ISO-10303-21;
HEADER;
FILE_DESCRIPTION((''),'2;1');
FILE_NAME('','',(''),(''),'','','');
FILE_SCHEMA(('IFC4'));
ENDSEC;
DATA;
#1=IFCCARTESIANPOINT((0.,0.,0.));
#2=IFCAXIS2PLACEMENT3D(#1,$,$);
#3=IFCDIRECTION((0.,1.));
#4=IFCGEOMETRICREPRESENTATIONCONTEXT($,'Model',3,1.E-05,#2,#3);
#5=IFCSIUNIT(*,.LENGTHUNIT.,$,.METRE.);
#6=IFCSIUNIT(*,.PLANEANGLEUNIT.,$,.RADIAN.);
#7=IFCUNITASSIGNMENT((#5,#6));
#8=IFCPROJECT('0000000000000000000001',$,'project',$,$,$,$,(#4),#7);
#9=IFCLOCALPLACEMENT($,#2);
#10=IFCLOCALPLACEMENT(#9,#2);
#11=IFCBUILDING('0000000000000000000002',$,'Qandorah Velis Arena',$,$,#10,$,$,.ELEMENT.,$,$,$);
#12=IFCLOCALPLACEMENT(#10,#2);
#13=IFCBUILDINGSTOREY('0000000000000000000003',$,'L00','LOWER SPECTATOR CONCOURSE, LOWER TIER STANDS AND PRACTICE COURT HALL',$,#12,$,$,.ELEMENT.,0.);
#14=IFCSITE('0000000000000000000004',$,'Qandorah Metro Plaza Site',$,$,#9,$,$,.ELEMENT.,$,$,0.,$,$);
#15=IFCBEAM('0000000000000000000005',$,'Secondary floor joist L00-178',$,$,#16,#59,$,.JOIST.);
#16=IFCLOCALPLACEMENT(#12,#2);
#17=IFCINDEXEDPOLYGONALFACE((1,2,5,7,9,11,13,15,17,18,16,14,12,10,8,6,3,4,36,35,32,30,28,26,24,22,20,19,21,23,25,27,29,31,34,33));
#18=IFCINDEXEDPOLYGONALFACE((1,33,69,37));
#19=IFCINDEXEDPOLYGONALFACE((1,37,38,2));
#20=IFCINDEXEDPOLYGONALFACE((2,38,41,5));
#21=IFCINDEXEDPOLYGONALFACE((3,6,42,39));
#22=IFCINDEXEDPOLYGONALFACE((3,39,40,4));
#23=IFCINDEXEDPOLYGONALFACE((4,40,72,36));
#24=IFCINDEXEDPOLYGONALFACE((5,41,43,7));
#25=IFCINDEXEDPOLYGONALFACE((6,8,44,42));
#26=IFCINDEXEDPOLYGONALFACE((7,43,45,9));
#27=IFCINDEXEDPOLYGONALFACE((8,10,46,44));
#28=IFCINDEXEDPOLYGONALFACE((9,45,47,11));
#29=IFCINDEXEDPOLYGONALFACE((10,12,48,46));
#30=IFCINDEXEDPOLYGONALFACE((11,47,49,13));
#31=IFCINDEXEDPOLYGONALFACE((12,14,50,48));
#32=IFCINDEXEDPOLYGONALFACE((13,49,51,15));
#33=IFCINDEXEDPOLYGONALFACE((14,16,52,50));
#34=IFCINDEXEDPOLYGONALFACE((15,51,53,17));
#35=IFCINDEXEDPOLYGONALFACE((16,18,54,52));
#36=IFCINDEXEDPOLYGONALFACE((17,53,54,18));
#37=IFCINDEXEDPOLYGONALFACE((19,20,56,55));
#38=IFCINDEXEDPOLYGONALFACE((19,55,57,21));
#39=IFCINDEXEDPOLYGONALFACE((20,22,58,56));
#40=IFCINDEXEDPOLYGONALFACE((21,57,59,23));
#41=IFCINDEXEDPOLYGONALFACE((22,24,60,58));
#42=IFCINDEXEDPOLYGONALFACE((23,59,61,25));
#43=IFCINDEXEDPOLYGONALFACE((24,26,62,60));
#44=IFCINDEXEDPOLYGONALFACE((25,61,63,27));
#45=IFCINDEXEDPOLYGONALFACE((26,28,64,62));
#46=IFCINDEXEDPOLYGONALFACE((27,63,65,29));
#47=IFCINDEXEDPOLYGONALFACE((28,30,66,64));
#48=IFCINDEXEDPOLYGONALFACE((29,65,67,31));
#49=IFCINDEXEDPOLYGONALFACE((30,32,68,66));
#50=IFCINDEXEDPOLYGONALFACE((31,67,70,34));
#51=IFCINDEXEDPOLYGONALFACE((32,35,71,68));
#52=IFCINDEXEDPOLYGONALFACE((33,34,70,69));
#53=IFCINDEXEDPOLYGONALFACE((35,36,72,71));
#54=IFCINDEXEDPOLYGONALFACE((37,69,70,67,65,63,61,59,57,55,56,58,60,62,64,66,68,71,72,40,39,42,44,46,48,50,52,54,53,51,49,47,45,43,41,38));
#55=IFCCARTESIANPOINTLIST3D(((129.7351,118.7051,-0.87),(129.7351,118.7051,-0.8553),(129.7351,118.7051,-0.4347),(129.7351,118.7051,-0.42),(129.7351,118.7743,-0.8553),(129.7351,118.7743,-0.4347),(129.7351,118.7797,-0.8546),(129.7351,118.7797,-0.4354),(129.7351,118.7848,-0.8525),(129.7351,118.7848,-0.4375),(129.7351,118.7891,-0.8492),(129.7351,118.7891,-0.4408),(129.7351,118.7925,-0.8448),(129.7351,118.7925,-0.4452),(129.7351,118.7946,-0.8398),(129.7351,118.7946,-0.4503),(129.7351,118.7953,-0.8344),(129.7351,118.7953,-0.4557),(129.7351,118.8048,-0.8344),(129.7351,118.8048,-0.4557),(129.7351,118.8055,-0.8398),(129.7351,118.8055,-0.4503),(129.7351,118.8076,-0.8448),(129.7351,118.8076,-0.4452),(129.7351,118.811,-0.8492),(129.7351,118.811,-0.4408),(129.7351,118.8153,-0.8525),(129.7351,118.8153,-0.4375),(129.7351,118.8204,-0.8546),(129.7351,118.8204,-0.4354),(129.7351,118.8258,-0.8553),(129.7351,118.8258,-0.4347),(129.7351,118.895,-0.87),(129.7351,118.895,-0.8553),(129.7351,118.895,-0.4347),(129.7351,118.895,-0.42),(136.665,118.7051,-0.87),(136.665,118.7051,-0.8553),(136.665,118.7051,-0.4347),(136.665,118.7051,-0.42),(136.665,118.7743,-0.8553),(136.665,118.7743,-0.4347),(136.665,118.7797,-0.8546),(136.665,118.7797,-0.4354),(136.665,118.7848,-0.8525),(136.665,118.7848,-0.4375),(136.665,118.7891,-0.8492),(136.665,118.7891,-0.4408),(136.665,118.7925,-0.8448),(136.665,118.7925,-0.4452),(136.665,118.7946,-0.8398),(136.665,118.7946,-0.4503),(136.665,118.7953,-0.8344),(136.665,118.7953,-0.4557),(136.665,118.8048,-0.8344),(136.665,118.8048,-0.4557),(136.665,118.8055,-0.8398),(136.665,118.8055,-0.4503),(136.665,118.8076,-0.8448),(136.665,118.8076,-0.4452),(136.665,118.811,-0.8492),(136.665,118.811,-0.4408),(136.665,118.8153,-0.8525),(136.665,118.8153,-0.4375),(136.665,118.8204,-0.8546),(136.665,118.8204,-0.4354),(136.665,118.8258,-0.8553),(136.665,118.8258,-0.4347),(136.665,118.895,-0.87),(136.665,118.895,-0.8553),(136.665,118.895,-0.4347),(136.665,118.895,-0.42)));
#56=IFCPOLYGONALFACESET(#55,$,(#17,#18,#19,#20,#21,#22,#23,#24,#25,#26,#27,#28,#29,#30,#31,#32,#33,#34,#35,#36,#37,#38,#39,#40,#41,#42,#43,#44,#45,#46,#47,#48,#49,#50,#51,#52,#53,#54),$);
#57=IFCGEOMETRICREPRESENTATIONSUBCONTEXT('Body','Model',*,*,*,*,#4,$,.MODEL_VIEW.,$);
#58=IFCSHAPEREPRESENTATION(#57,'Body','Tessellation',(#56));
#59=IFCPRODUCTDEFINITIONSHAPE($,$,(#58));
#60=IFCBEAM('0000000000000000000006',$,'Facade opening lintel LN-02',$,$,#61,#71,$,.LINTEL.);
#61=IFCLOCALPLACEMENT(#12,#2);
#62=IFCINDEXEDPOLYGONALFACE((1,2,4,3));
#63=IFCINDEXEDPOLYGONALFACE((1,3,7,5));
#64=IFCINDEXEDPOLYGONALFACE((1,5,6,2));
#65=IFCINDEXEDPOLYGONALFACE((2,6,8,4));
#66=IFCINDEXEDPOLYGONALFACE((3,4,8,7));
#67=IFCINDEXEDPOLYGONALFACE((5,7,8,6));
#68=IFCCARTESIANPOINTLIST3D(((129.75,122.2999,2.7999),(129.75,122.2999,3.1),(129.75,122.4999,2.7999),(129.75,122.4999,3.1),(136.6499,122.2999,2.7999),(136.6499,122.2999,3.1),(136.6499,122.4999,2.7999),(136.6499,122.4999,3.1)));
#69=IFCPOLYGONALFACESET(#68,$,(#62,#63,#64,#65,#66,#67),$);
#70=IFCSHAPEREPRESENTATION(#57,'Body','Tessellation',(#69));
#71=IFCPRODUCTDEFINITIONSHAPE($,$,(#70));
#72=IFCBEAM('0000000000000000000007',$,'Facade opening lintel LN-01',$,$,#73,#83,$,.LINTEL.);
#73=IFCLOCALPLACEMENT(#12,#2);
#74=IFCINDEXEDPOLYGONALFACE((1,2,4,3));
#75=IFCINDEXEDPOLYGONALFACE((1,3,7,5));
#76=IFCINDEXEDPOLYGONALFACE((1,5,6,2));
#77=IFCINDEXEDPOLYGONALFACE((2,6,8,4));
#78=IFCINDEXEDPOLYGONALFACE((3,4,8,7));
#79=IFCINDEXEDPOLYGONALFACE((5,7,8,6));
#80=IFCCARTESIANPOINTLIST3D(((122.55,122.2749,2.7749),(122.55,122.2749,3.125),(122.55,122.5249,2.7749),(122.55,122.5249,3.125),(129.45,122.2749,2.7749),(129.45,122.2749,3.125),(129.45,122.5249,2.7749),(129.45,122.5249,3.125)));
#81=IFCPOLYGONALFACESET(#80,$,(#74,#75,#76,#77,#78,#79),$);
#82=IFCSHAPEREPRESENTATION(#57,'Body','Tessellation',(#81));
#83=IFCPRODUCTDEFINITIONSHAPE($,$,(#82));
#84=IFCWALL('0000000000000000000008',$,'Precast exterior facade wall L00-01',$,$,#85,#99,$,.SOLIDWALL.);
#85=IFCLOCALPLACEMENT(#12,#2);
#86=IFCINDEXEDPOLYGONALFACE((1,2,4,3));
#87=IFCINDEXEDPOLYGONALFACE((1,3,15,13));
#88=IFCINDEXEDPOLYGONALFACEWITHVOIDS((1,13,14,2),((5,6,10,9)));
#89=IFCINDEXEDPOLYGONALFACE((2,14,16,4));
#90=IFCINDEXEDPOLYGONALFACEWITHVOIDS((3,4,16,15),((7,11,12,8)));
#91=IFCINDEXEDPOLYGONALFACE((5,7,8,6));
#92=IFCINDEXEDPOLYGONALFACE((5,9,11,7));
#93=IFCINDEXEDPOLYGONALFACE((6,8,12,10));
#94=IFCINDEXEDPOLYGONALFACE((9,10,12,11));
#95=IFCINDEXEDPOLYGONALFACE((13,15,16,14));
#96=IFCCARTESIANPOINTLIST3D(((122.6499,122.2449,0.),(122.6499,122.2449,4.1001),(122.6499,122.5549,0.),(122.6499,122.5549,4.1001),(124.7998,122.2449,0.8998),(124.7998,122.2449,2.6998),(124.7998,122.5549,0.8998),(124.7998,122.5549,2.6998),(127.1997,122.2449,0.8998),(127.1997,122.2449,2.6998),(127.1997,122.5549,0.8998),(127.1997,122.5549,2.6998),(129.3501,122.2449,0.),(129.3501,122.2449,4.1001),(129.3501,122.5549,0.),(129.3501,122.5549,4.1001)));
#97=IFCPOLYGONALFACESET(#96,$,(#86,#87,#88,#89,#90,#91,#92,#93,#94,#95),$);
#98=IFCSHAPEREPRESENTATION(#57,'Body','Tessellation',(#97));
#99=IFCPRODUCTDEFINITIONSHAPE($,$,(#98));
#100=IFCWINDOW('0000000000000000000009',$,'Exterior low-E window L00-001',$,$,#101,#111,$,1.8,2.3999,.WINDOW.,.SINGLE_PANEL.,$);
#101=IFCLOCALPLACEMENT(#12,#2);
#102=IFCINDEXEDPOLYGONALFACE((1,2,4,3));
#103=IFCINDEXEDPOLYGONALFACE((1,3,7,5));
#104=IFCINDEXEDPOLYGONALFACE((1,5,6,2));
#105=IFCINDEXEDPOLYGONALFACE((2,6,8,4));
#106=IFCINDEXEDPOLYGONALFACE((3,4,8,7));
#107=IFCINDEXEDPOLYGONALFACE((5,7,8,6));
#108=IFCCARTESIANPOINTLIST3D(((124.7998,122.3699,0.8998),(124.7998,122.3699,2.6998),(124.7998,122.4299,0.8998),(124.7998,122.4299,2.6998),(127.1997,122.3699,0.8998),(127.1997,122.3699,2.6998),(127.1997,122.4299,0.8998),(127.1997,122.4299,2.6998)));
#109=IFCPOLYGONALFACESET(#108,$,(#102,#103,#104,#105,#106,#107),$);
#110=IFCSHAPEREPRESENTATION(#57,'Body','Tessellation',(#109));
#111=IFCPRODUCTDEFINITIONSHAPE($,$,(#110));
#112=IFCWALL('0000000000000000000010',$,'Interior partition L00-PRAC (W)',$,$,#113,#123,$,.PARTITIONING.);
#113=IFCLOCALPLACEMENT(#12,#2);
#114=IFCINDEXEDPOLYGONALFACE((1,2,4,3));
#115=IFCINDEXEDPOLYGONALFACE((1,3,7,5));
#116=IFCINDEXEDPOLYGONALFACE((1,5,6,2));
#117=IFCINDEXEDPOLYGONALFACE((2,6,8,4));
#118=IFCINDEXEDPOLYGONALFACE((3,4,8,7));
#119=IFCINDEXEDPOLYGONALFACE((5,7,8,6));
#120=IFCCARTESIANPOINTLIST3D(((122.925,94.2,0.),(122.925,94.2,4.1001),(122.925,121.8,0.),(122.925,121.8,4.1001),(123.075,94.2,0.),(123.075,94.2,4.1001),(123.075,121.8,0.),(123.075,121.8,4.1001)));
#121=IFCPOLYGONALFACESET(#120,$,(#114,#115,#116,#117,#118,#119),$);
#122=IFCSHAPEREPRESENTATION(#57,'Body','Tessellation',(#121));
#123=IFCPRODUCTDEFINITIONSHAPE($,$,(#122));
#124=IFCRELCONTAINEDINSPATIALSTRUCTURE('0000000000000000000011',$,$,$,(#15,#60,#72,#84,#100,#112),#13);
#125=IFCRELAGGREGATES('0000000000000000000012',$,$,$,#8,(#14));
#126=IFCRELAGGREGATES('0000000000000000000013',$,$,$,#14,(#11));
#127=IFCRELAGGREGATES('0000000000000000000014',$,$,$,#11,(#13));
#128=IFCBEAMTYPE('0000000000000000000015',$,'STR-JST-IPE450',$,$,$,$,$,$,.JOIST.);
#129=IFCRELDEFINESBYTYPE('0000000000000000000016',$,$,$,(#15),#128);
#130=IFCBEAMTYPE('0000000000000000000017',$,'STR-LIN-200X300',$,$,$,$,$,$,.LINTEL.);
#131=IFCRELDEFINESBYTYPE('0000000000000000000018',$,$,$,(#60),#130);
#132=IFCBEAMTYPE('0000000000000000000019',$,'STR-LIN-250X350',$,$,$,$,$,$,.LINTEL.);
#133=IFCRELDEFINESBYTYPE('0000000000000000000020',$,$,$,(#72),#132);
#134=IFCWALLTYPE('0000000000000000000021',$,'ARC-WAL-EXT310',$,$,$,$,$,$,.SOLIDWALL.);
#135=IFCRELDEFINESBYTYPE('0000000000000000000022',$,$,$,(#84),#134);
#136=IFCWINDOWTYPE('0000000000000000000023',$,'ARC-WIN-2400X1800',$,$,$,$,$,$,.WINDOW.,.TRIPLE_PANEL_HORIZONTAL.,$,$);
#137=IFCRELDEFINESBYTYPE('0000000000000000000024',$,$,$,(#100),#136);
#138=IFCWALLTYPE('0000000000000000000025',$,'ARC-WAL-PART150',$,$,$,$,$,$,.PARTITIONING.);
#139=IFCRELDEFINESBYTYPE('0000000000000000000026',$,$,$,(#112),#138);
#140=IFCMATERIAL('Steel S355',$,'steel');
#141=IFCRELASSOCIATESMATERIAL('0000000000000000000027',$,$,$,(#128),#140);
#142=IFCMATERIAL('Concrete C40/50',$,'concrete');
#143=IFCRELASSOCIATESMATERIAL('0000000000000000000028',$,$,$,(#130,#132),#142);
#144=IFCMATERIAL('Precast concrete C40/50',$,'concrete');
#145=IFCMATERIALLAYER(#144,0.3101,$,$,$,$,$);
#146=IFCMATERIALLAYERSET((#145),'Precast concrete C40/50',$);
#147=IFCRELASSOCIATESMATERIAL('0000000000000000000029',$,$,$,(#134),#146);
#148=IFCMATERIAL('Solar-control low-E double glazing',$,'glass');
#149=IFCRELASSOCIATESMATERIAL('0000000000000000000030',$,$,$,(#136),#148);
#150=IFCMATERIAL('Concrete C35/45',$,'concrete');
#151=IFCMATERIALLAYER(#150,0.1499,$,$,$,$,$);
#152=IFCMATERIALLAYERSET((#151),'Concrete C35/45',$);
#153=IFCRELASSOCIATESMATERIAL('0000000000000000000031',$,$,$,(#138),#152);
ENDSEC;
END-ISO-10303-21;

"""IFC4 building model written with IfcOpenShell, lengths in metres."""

from ifc_helpers import new_model, si_unit, direction, frame, frame_2d, origin, origin_2d, place, context, subcontext, project, spatial, rectangle, i_section, extrude, material, layer, layer_set, material_profile, profile_set, type_object, element, fill, save


model = new_model("IFC4")

# Units and contexts
model_context = context("Model", 3, precision=1e-05, world=origin(), true_north=direction((0.0, 1.0)))
body_context = subcontext(model_context, "Body", "Model", "MODEL_VIEW")
ifc_project = project(units=[si_unit("LENGTHUNIT", "METRE"), si_unit("PLANEANGLEUNIT", "RADIAN")], contexts=[model_context])

# Site, building, storey
site_placement = place(None, origin())
site = spatial("IfcSite", under=ifc_project, at=site_placement, Name="Qandorah Metro Plaza Site", CompositionType="ELEMENT", RefElevation=0.0)
building_placement = place(site_placement, origin())
building = spatial("IfcBuilding", under=site, at=building_placement, Name="Qandorah Velis Arena", CompositionType="ELEMENT")
storey_placement = place(building_placement, origin())
storey = spatial("IfcBuildingStorey", under=building, at=storey_placement, Name="L00", Description="LOWER SPECTATOR CONCOURSE, LOWER TIER STANDS AND PRACTICE COURT HALL", CompositionType="ELEMENT", Elevation=0.0)

# Shared definitions
ifc_material_1 = material(Name="Concrete C40/50", Category="concrete")

# Beams
ifc_material_2 = material(Name="Steel S355", Category="steel")
ifc_material_profile_1 = material_profile(ifc_material_2, i_section(OverallWidth=0.1899, OverallDepth=0.45, WebThickness=0.0095, FlangeThickness=0.0146, FilletRadius=0.021, at=origin_2d()), Name="IPE 450")
ifc_profile_set_1 = profile_set([ifc_material_profile_1], Name="Steel S355")
beam_type_1 = type_object("IfcBeamType", Name="STR-JST-IPE450", PredefinedType="JOIST", material=ifc_profile_set_1)
for number, where, z_axis, x_axis, name in (
    (1, (129.7351, 118.8, -0.645), (1.0, 0.0, 0.0), (0.0, 1.0, 0.0), "Secondary floor joist L00-178"),
):
    element("IfcBeam", number, at=place(storey_placement, frame(where, z_axis=z_axis, x_axis=x_axis)), inside=storey, type_object=beam_type_1, Name=name, PredefinedType="JOIST", context=body_context, shape_type="SweptSolid", body=[
        extrude(i_section(OverallWidth=0.1899, OverallDepth=0.45, WebThickness=0.0095, FlangeThickness=0.0146, FilletRadius=0.021, at=origin_2d()), origin(), (0.0, 0.0, 1.0), 6.9299),
    ])
ifc_material_profile_2 = material_profile(ifc_material_1, rectangle(XDim=0.2, YDim=0.3, at=origin_2d()), Name="RC LINTEL 200x300")
ifc_profile_set_2 = profile_set([ifc_material_profile_2], Name="Concrete C40/50")
beam_type_2 = type_object("IfcBeamType", Name="STR-LIN-200X300", PredefinedType="LINTEL", material=ifc_profile_set_2)
beam_1_placement = place(storey_placement, frame((129.75, 122.3999, 2.95), z_axis=(1.0, 0.0, 0.0), x_axis=(0.0, 1.0, 0.0)))
element("IfcBeam", 2, at=beam_1_placement, inside=storey, type_object=beam_type_2, Name="Facade opening lintel LN-02", PredefinedType="LINTEL", context=body_context, shape_type="SweptSolid", body=[
    extrude(rectangle(XDim=0.2, YDim=0.3, at=origin_2d()), origin(), (0.0, 0.0, 1.0), 6.8999),
])
ifc_material_profile_3 = material_profile(ifc_material_1, rectangle(XDim=0.25, YDim=0.3501, at=origin_2d()), Name="RC LINTEL 250x350")
ifc_profile_set_3 = profile_set([ifc_material_profile_3], Name="Concrete C40/50")
beam_type_3 = type_object("IfcBeamType", Name="STR-LIN-250X350", PredefinedType="LINTEL", material=ifc_profile_set_3)
beam_2_placement = place(storey_placement, frame((122.55, 122.3999, 2.95), z_axis=(1.0, 0.0, 0.0), x_axis=(0.0, 1.0, 0.0)))
element("IfcBeam", 3, at=beam_2_placement, inside=storey, type_object=beam_type_3, Name="Facade opening lintel LN-01", PredefinedType="LINTEL", context=body_context, shape_type="SweptSolid", body=[
    extrude(rectangle(XDim=0.25, YDim=0.3501, at=origin_2d()), origin(), (0.0, 0.0, 1.0), 6.8999),
])

# Shared definitions
ifc_material_3 = material(Name="Precast concrete C40/50", Category="concrete")
ifc_layer_1 = layer(ifc_material_3, 0.3101)
ifc_layer_set_1 = layer_set([ifc_layer_1], Name="Precast concrete C40/50")
wall_type_1 = type_object("IfcWallType", Name="ARC-WAL-EXT310", PredefinedType="SOLIDWALL", material=ifc_layer_set_1)

# Wall, opening, window
wall_1_placement = place(storey_placement, frame((122.6499, 122.3999, 0.0), z_axis=(0.0, 0.0, 1.0), x_axis=(1.0, 0.0, 0.0)))
wall_1 = element("IfcWall", 4, at=wall_1_placement, inside=storey, type_object=wall_type_1, Name="Precast exterior facade wall L00-01", PredefinedType="SOLIDWALL", context=body_context, shape_type="SweptSolid", body=[
    extrude(rectangle(XDim=6.7002, YDim=0.3101, at=frame_2d((3.3501, 0.0))), origin(), (0.0, 0.0, 1.0), 4.1001),
])
opening_1_placement = place(wall_1_placement, frame((2.1499, 0.0, 0.8999)))
opening_1 = element("IfcOpeningElement", 5, at=opening_1_placement, cuts=wall_1, PredefinedType="OPENING", context=body_context, shape_type="SweptSolid", body=[
    extrude(rectangle(XDim=2.3999, YDim=1.8, at=frame_2d((1.2, 0.8999))), frame((0.0, 0.165, 0.0), z_axis=(0.0, -1.0, 0.0), x_axis=(1.0, 0.0, 0.0)), (0.0, 0.0, 1.0), 0.3301),
])
ifc_material_4 = material(Name="Solar-control low-E double glazing", Category="glass")
window_type = type_object("IfcWindowType", Name="ARC-WIN-2400X1800", PartitioningType="TRIPLE_PANEL_HORIZONTAL", PredefinedType="WINDOW", material=ifc_material_4)
window_placement = place(opening_1_placement, origin())
window = element("IfcWindow", 6, at=window_placement, inside=storey, type_object=window_type, Name="Exterior low-E window L00-001", OverallHeight=1.8, OverallWidth=2.3999, PartitioningType="SINGLE_PANEL", PredefinedType="WINDOW", context=body_context, shape_type="SweptSolid", body=[
    extrude(rectangle(XDim=2.3999, YDim=1.8, at=frame_2d((1.2, 0.8999))), frame((0.0, 0.03, 0.0), z_axis=(0.0, -1.0, 0.0), x_axis=(1.0, 0.0, 0.0)), (0.0, 0.0, 1.0), 0.0601),
])
fill(opening_1, window)

# Wall
ifc_material_5 = material(Name="Concrete C35/45", Category="concrete")
ifc_layer_2 = layer(ifc_material_5, 0.1499)
ifc_layer_set_2 = layer_set([ifc_layer_2], Name="Concrete C35/45")
wall_type_2 = type_object("IfcWallType", Name="ARC-WAL-PART150", PredefinedType="PARTITIONING", material=ifc_layer_set_2)
wall_2_placement = place(storey_placement, frame((123.0, 121.8, 0.0), z_axis=(0.0, 0.0, 1.0), x_axis=(0.0, -1.0, 0.0)))
element("IfcWall", 7, at=wall_2_placement, inside=storey, type_object=wall_type_2, Name="Interior partition L00-PRAC (W)", PredefinedType="PARTITIONING", context=body_context, shape_type="SweptSolid", body=[
    extrude(rectangle(XDim=27.6001, YDim=0.1499, at=frame_2d((13.8, 0.0))), origin(), (0.0, 0.0, 1.0), 4.1001),
])

save(model, "model.ifc")
